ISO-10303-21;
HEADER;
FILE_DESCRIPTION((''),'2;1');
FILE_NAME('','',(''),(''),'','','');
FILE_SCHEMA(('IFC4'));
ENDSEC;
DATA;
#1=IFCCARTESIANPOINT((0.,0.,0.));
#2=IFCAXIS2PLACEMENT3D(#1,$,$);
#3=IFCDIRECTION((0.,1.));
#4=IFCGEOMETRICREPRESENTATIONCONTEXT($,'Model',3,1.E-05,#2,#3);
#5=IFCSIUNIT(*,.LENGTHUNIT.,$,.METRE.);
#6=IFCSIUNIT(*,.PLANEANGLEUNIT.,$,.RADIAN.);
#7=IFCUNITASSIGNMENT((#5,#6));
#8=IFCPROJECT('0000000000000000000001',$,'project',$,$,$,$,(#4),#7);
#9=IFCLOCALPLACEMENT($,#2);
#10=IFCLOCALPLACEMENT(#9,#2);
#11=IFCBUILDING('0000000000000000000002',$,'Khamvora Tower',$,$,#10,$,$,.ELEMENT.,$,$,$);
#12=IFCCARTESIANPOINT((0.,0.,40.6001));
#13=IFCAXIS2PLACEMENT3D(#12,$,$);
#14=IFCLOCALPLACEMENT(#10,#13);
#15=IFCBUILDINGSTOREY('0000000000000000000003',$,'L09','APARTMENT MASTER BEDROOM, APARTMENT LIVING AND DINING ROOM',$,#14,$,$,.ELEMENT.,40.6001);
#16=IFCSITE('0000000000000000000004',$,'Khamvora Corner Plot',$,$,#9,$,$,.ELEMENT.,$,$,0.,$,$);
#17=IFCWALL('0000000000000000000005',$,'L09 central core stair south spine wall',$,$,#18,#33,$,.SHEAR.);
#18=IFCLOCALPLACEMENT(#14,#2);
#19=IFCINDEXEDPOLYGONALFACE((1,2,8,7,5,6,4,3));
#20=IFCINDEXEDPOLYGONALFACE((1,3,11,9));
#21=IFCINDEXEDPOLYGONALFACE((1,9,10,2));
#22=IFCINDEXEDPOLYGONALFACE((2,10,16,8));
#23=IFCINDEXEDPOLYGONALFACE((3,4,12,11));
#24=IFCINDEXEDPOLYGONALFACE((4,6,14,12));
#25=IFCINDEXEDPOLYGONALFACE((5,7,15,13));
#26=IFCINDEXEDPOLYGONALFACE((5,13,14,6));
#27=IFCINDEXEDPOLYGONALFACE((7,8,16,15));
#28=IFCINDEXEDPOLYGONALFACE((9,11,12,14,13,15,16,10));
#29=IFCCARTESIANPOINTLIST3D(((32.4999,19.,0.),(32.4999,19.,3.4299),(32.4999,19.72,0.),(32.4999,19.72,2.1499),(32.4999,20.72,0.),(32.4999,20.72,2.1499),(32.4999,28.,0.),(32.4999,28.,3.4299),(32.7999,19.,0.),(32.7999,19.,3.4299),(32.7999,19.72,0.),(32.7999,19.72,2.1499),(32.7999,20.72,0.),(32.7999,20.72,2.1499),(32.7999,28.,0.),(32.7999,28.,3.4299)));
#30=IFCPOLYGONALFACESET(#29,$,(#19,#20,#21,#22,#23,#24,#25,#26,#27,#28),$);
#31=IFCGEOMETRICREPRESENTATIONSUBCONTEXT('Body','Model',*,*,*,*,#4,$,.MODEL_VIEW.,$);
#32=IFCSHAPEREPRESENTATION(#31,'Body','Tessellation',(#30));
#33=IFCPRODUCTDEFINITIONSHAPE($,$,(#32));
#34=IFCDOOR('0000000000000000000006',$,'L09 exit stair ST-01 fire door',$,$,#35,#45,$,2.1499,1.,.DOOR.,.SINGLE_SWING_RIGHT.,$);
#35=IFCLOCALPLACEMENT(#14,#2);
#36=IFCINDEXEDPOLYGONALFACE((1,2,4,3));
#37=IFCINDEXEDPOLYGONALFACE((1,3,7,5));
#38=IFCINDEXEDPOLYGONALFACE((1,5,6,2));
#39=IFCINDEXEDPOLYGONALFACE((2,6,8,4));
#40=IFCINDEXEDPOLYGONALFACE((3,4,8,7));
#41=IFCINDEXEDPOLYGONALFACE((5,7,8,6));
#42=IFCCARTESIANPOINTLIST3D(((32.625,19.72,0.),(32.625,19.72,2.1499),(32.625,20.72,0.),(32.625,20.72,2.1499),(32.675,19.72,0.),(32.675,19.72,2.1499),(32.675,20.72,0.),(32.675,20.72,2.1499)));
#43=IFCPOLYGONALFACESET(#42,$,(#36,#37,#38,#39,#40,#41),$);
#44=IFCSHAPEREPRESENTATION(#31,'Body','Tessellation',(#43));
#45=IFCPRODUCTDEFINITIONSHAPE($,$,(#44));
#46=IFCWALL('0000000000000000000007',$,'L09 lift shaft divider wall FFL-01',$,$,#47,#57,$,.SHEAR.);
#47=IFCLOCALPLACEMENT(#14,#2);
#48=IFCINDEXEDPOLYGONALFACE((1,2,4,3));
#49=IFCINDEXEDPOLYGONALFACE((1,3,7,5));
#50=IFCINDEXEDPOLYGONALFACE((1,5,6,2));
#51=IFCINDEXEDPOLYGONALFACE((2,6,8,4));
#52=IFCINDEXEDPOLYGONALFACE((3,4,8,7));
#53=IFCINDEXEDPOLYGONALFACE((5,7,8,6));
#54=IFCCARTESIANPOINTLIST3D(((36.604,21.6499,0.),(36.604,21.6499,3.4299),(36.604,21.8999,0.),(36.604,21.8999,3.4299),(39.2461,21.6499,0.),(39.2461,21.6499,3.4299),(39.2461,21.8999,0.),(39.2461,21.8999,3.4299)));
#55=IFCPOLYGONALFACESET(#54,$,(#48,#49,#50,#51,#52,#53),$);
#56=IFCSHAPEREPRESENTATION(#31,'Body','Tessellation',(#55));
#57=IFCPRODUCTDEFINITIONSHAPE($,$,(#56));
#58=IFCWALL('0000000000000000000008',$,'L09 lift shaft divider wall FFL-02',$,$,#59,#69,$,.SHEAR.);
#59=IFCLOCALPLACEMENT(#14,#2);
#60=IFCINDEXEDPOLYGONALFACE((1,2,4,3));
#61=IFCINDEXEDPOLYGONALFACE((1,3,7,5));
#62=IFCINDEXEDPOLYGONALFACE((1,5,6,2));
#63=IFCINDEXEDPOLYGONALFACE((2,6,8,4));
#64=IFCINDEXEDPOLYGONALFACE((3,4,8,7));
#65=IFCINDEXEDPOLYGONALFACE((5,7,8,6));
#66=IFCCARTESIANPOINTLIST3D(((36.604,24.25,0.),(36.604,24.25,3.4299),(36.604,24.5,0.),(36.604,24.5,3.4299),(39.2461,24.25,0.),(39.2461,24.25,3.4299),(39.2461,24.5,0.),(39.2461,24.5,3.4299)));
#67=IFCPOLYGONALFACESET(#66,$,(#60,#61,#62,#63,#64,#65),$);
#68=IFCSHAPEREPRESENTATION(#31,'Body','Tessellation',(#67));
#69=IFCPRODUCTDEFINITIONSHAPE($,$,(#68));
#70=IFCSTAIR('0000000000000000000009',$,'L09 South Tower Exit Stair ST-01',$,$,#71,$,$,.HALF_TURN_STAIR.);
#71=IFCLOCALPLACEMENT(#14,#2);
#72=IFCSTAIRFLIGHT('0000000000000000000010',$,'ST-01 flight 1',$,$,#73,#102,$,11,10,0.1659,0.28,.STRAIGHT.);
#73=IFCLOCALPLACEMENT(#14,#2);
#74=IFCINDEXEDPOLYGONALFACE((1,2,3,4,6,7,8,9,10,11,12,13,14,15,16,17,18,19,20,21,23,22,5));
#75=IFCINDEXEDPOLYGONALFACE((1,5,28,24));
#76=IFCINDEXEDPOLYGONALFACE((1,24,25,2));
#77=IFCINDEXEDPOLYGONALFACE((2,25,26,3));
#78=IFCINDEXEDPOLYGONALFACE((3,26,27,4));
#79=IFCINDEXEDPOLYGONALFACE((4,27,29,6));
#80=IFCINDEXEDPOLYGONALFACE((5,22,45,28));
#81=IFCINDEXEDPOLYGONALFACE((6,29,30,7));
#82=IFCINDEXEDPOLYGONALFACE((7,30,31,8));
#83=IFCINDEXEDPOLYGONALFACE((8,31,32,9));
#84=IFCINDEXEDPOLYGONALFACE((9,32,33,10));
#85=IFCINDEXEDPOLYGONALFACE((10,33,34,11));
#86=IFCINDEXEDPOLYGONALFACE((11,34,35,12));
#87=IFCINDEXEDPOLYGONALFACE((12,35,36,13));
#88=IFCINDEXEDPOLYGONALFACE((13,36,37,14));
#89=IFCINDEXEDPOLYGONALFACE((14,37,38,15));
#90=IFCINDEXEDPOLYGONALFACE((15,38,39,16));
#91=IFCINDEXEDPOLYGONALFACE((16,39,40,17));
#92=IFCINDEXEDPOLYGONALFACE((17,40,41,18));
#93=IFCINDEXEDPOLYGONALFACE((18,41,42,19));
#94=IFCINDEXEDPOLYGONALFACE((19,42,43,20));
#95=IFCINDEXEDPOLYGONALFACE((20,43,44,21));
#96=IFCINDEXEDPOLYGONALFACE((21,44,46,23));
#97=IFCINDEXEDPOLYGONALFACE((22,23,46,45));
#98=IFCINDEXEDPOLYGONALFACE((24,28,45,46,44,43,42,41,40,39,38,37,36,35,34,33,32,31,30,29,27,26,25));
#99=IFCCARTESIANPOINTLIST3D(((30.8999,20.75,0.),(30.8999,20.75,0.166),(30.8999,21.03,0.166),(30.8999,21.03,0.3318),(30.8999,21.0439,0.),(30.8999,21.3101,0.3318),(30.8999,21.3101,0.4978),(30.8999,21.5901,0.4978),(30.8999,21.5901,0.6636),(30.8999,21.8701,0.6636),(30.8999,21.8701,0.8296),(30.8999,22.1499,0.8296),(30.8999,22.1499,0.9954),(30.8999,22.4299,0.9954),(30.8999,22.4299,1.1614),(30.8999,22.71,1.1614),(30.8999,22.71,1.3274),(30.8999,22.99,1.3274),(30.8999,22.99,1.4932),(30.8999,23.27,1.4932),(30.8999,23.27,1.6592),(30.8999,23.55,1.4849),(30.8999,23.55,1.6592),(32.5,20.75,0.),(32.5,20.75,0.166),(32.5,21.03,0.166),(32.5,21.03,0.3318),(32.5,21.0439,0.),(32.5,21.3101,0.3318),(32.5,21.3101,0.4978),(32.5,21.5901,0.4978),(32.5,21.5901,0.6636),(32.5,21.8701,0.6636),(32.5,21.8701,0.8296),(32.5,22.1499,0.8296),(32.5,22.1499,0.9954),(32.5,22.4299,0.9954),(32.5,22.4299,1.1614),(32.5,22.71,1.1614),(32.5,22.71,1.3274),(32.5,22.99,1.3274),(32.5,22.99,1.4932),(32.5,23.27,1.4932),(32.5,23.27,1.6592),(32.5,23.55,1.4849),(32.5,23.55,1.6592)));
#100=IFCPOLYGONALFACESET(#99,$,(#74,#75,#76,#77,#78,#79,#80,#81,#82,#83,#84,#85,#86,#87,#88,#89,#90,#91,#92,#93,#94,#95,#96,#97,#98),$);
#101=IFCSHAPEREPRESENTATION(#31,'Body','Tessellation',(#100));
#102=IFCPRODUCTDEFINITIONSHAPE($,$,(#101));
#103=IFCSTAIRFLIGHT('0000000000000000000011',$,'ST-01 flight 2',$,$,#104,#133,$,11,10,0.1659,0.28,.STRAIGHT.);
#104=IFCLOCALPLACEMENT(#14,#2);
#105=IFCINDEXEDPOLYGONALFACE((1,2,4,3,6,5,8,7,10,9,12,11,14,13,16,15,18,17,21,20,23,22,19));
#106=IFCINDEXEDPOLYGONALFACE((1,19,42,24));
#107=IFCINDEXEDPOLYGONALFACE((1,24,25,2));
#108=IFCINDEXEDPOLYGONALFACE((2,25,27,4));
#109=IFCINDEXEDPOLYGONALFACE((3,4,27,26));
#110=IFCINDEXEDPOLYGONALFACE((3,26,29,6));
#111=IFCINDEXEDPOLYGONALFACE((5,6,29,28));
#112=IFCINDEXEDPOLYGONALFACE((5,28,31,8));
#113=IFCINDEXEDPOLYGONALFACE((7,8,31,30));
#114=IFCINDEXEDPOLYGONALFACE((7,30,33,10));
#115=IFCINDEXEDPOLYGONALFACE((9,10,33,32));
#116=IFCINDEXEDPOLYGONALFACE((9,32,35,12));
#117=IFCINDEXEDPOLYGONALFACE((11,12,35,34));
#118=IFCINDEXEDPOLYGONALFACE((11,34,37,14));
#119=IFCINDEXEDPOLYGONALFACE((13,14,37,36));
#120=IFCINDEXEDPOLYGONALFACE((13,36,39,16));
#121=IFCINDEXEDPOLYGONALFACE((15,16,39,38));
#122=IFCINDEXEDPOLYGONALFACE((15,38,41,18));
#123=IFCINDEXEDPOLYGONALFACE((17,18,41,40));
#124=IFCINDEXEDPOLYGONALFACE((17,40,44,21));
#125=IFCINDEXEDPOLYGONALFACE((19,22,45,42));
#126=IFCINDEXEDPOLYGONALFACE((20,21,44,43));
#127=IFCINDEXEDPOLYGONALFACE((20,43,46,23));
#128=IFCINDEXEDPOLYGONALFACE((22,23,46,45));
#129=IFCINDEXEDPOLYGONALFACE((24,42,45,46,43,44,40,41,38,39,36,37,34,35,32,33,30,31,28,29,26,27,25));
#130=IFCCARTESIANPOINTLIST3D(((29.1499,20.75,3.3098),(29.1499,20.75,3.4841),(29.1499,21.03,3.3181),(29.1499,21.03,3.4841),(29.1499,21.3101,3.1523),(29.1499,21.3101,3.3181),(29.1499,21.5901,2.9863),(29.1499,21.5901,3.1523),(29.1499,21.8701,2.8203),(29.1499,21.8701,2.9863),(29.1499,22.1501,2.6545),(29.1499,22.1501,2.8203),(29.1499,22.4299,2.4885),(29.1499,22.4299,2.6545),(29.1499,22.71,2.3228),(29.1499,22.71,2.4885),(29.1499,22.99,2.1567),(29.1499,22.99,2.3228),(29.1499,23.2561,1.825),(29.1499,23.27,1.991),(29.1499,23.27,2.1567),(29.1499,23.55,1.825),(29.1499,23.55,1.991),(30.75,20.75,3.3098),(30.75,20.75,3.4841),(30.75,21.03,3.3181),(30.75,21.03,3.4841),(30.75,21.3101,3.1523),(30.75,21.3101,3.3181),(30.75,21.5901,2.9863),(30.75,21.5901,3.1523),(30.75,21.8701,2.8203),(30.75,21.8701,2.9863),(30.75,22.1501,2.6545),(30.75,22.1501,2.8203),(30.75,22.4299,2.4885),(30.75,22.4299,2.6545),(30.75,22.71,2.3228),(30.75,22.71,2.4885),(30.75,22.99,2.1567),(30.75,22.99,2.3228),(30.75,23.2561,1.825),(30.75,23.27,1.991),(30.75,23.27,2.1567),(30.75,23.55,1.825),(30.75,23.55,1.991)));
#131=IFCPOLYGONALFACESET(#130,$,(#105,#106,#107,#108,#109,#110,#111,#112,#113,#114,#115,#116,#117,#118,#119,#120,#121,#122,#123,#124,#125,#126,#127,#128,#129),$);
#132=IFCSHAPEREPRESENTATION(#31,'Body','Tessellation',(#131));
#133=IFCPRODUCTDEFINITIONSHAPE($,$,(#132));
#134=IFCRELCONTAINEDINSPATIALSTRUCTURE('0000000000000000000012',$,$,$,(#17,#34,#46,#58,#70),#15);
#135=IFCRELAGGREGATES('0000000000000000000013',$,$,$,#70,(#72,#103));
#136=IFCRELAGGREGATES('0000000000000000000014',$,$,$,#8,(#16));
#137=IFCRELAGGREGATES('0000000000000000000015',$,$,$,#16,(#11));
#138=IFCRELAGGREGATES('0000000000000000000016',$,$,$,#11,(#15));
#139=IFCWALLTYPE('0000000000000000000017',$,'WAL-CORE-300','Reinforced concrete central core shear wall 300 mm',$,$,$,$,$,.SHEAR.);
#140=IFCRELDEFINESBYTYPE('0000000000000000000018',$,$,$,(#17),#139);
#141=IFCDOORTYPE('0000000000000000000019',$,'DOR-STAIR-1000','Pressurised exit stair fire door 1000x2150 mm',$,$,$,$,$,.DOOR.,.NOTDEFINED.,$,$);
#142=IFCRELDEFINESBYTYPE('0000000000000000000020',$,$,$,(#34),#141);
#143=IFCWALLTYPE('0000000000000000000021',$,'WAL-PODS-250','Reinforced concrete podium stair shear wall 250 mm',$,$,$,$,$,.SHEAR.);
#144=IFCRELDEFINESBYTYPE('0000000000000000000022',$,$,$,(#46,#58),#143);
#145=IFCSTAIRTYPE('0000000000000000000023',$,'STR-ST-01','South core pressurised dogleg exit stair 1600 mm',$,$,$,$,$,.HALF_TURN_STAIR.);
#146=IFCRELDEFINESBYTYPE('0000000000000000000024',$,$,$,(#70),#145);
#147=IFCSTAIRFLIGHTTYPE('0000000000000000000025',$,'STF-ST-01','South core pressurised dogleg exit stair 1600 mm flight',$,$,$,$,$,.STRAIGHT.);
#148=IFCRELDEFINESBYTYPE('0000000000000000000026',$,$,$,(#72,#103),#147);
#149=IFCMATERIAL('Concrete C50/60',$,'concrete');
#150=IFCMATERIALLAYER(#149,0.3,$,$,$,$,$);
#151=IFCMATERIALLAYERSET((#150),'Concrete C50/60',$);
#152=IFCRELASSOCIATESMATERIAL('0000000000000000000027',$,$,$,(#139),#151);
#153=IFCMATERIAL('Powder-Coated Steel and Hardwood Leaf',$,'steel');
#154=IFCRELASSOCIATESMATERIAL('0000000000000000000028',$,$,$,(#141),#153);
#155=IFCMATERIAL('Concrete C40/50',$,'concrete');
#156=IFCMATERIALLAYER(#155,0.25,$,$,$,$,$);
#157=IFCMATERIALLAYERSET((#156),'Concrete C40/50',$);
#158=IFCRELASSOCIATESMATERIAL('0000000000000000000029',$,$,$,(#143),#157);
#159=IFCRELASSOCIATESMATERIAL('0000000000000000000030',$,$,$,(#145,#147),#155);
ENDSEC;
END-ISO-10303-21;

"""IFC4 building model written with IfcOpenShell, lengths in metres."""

from ifc_helpers import new_model, si_unit, direction, frame, frame_2d, origin, place, context, subcontext, project, spatial, polyline, rectangle, outline, extrude, material, layer, layer_set, type_object, element, fill, aggregate, save


model = new_model("IFC4")

# Units and contexts
model_context = context("Model", 3, precision=1e-05, world=origin(), true_north=direction((0.0, 1.0)))
body_context = subcontext(model_context, "Body", "Model", "MODEL_VIEW")
ifc_project = project(units=[si_unit("LENGTHUNIT", "METRE"), si_unit("PLANEANGLEUNIT", "RADIAN")], contexts=[model_context])

# Site, building, storey
site_placement = place(None, origin())
site = spatial("IfcSite", under=ifc_project, at=site_placement, Name="Khamvora Corner Plot", CompositionType="ELEMENT", RefElevation=0.0)
building_placement = place(site_placement, origin())
building = spatial("IfcBuilding", under=site, at=building_placement, Name="Khamvora Tower", CompositionType="ELEMENT")
storey_placement = place(building_placement, frame((0.0, 0.0, 40.6001)))
storey = spatial("IfcBuildingStorey", under=building, at=storey_placement, Name="L09", Description="APARTMENT MASTER BEDROOM, APARTMENT LIVING AND DINING ROOM", CompositionType="ELEMENT", Elevation=40.6001)

# Wall, opening, door
ifc_material_1 = material(Name="Concrete C50/60", Category="concrete")
ifc_layer_1 = layer(ifc_material_1, 0.3)
ifc_layer_set_1 = layer_set([ifc_layer_1], Name="Concrete C50/60")
wall_type_1 = type_object("IfcWallType", Name="WAL-CORE-300", Description="Reinforced concrete central core shear wall 300 mm", PredefinedType="SHEAR", material=ifc_layer_set_1)
wall_1_placement = place(storey_placement, frame((32.6499, 19.0, 0.0), z_axis=(0.0, 0.0, 1.0), x_axis=(0.0, 1.0, 0.0)))
wall_1 = element("IfcWall", 1, at=wall_1_placement, inside=storey, type_object=wall_type_1, Name="L09 central core stair south spine wall", PredefinedType="SHEAR", context=body_context, shape_type="SweptSolid", body=[
    extrude(rectangle(XDim=9.0, YDim=0.3, at=frame_2d((4.5, 0.0))), origin(), (0.0, 0.0, 1.0), 3.4299),
])
opening_1_placement = place(wall_1_placement, frame((0.72, 0.0, 0.0)))
opening_1 = element("IfcOpeningElement", 2, at=opening_1_placement, cuts=wall_1, PredefinedType="OPENING", context=body_context, shape_type="SweptSolid", body=[
    extrude(rectangle(XDim=1.0, YDim=2.1499, at=frame_2d((0.5, 1.075))), frame((0.0, 0.1599, 0.0), z_axis=(0.0, -1.0, 0.0), x_axis=(1.0, 0.0, 0.0)), (0.0, 0.0, 1.0), 0.3201),
])
ifc_material_2 = material(Name="Powder-Coated Steel and Hardwood Leaf", Category="steel")
door_type_1 = type_object("IfcDoorType", Name="DOR-STAIR-1000", Description="Pressurised exit stair fire door 1000x2150 mm", OperationType="NOTDEFINED", PredefinedType="DOOR", material=ifc_material_2)
door_1_placement = place(opening_1_placement, origin())
door_1 = element("IfcDoor", 3, at=door_1_placement, inside=storey, type_object=door_type_1, Name="L09 exit stair ST-01 fire door", OperationType="SINGLE_SWING_RIGHT", OverallHeight=2.1499, OverallWidth=1.0, PredefinedType="DOOR", context=body_context, shape_type="SweptSolid", body=[
    extrude(rectangle(XDim=1.0, YDim=2.1499, at=frame_2d((0.5, 1.075))), frame((0.0, 0.0249, 0.0), z_axis=(0.0, -1.0, 0.0), x_axis=(1.0, 0.0, 0.0)), (0.0, 0.0, 1.0), 0.05),
])
fill(opening_1, door_1)

# Walls
ifc_material_3 = material(Name="Concrete C40/50", Category="concrete")
ifc_layer_2 = layer(ifc_material_3, 0.25)
ifc_layer_set_2 = layer_set([ifc_layer_2], Name="Concrete C40/50")
wall_type_2 = type_object("IfcWallType", Name="WAL-PODS-250", Description="Reinforced concrete podium stair shear wall 250 mm", PredefinedType="SHEAR", material=ifc_layer_set_2)
for number, where, z_axis, x_axis, name in (
    (4, (36.604, 21.7749, 0.0), (0.0, 0.0, 1.0), (1.0, 0.0, 0.0), "L09 lift shaft divider wall FFL-01"),
    (5, (36.604, 24.375, 0.0), (0.0, 0.0, 1.0), (1.0, 0.0, 0.0), "L09 lift shaft divider wall FFL-02"),
):
    element("IfcWall", number, at=place(storey_placement, frame(where, z_axis=z_axis, x_axis=x_axis)), inside=storey, type_object=wall_type_2, Name=name, PredefinedType="SHEAR", context=body_context, shape_type="SweptSolid", body=[
        extrude(rectangle(XDim=2.6421, YDim=0.25, at=frame_2d((1.321, 0.0))), origin(), (0.0, 0.0, 1.0), 3.4299),
    ])

# Stair, stair flights
stair_type = type_object("IfcStairType", Name="STR-ST-01", Description="South core pressurised dogleg exit stair 1600 mm", PredefinedType="HALF_TURN_STAIR", material=ifc_material_3)
stair_placement = place(storey_placement, origin())
stair = element("IfcStair", 6, at=stair_placement, inside=storey, type_object=stair_type, Name="L09 South Tower Exit Stair ST-01", PredefinedType="HALF_TURN_STAIR")
stair_flight_type = type_object("IfcStairFlightType", Name="STF-ST-01", Description="South core pressurised dogleg exit stair 1600 mm flight", PredefinedType="STRAIGHT", material=ifc_material_3)
stair_flight_1_placement = place(storey_placement, frame((31.7, 20.75, 0.0), z_axis=(0.0, 0.0, 1.0), x_axis=(0.0, 1.0, 0.0)))
stair_flight_1 = element("IfcStairFlight", 7, at=stair_flight_1_placement, type_object=stair_flight_type, Name="ST-01 flight 1", NumberOfRisers=11, NumberOfTreads=10, PredefinedType="STRAIGHT", RiserHeight=0.1659, TreadLength=0.28, context=body_context, shape_type="SweptSolid", body=[
    extrude(outline(polyline([(0.0, 0.0), (0.0, 0.166), (0.28, 0.166), (0.28, 0.3318), (0.5601, 0.3318), (0.5601, 0.4978), (0.8401, 0.4978), (0.8401, 0.6636), (1.1201, 0.6636), (1.1201, 0.8296), (1.3999, 0.8296), (1.3999, 0.9954), (1.6799, 0.9954), (1.6799, 1.1614), (1.96, 1.1614), (1.96, 1.3274), (2.24, 1.3274), (2.24, 1.4932), (2.52, 1.4932), (2.52, 1.6592), (2.8, 1.6592), (2.8, 1.825), (2.8, 1.4849), (0.2939, 0.0), (0.0, 0.0)])), frame((0.0, 0.8, 0.0), z_axis=(0.0, -1.0, 0.0), x_axis=(1.0, 0.0, 0.0)), (0.0, 0.0, 1.0), 1.6001),
])
stair_flight_2_placement = place(storey_placement, frame((29.95, 23.55, 1.825), z_axis=(0.0, 0.0, 1.0), x_axis=(0.0, -1.0, 0.0)))
stair_flight_2 = element("IfcStairFlight", 8, at=stair_flight_2_placement, type_object=stair_flight_type, Name="ST-01 flight 2", NumberOfRisers=11, NumberOfTreads=10, PredefinedType="STRAIGHT", RiserHeight=0.1659, TreadLength=0.28, context=body_context, shape_type="SweptSolid", body=[
    extrude(outline(polyline([(0.0, 0.0), (0.0, 0.166), (0.28, 0.166), (0.28, 0.3318), (0.5601, 0.3318), (0.5601, 0.4978), (0.8401, 0.4978), (0.8401, 0.6636), (1.1201, 0.6636), (1.1201, 0.8296), (1.3999, 0.8296), (1.3999, 0.9954), (1.6799, 0.9954), (1.6799, 1.1614), (1.96, 1.1614), (1.96, 1.3274), (2.24, 1.3274), (2.24, 1.4932), (2.52, 1.4932), (2.52, 1.6592), (2.8, 1.6592), (2.8, 1.825), (2.8, 1.4849), (0.2939, 0.0), (0.0, 0.0)])), frame((0.0, 0.8, 0.0), z_axis=(0.0, -1.0, 0.0), x_axis=(1.0, 0.0, 0.0)), (0.0, 0.0, 1.0), 1.6001),
])
aggregate(stair, [stair_flight_1, stair_flight_2])

save(model, "model.ifc")
